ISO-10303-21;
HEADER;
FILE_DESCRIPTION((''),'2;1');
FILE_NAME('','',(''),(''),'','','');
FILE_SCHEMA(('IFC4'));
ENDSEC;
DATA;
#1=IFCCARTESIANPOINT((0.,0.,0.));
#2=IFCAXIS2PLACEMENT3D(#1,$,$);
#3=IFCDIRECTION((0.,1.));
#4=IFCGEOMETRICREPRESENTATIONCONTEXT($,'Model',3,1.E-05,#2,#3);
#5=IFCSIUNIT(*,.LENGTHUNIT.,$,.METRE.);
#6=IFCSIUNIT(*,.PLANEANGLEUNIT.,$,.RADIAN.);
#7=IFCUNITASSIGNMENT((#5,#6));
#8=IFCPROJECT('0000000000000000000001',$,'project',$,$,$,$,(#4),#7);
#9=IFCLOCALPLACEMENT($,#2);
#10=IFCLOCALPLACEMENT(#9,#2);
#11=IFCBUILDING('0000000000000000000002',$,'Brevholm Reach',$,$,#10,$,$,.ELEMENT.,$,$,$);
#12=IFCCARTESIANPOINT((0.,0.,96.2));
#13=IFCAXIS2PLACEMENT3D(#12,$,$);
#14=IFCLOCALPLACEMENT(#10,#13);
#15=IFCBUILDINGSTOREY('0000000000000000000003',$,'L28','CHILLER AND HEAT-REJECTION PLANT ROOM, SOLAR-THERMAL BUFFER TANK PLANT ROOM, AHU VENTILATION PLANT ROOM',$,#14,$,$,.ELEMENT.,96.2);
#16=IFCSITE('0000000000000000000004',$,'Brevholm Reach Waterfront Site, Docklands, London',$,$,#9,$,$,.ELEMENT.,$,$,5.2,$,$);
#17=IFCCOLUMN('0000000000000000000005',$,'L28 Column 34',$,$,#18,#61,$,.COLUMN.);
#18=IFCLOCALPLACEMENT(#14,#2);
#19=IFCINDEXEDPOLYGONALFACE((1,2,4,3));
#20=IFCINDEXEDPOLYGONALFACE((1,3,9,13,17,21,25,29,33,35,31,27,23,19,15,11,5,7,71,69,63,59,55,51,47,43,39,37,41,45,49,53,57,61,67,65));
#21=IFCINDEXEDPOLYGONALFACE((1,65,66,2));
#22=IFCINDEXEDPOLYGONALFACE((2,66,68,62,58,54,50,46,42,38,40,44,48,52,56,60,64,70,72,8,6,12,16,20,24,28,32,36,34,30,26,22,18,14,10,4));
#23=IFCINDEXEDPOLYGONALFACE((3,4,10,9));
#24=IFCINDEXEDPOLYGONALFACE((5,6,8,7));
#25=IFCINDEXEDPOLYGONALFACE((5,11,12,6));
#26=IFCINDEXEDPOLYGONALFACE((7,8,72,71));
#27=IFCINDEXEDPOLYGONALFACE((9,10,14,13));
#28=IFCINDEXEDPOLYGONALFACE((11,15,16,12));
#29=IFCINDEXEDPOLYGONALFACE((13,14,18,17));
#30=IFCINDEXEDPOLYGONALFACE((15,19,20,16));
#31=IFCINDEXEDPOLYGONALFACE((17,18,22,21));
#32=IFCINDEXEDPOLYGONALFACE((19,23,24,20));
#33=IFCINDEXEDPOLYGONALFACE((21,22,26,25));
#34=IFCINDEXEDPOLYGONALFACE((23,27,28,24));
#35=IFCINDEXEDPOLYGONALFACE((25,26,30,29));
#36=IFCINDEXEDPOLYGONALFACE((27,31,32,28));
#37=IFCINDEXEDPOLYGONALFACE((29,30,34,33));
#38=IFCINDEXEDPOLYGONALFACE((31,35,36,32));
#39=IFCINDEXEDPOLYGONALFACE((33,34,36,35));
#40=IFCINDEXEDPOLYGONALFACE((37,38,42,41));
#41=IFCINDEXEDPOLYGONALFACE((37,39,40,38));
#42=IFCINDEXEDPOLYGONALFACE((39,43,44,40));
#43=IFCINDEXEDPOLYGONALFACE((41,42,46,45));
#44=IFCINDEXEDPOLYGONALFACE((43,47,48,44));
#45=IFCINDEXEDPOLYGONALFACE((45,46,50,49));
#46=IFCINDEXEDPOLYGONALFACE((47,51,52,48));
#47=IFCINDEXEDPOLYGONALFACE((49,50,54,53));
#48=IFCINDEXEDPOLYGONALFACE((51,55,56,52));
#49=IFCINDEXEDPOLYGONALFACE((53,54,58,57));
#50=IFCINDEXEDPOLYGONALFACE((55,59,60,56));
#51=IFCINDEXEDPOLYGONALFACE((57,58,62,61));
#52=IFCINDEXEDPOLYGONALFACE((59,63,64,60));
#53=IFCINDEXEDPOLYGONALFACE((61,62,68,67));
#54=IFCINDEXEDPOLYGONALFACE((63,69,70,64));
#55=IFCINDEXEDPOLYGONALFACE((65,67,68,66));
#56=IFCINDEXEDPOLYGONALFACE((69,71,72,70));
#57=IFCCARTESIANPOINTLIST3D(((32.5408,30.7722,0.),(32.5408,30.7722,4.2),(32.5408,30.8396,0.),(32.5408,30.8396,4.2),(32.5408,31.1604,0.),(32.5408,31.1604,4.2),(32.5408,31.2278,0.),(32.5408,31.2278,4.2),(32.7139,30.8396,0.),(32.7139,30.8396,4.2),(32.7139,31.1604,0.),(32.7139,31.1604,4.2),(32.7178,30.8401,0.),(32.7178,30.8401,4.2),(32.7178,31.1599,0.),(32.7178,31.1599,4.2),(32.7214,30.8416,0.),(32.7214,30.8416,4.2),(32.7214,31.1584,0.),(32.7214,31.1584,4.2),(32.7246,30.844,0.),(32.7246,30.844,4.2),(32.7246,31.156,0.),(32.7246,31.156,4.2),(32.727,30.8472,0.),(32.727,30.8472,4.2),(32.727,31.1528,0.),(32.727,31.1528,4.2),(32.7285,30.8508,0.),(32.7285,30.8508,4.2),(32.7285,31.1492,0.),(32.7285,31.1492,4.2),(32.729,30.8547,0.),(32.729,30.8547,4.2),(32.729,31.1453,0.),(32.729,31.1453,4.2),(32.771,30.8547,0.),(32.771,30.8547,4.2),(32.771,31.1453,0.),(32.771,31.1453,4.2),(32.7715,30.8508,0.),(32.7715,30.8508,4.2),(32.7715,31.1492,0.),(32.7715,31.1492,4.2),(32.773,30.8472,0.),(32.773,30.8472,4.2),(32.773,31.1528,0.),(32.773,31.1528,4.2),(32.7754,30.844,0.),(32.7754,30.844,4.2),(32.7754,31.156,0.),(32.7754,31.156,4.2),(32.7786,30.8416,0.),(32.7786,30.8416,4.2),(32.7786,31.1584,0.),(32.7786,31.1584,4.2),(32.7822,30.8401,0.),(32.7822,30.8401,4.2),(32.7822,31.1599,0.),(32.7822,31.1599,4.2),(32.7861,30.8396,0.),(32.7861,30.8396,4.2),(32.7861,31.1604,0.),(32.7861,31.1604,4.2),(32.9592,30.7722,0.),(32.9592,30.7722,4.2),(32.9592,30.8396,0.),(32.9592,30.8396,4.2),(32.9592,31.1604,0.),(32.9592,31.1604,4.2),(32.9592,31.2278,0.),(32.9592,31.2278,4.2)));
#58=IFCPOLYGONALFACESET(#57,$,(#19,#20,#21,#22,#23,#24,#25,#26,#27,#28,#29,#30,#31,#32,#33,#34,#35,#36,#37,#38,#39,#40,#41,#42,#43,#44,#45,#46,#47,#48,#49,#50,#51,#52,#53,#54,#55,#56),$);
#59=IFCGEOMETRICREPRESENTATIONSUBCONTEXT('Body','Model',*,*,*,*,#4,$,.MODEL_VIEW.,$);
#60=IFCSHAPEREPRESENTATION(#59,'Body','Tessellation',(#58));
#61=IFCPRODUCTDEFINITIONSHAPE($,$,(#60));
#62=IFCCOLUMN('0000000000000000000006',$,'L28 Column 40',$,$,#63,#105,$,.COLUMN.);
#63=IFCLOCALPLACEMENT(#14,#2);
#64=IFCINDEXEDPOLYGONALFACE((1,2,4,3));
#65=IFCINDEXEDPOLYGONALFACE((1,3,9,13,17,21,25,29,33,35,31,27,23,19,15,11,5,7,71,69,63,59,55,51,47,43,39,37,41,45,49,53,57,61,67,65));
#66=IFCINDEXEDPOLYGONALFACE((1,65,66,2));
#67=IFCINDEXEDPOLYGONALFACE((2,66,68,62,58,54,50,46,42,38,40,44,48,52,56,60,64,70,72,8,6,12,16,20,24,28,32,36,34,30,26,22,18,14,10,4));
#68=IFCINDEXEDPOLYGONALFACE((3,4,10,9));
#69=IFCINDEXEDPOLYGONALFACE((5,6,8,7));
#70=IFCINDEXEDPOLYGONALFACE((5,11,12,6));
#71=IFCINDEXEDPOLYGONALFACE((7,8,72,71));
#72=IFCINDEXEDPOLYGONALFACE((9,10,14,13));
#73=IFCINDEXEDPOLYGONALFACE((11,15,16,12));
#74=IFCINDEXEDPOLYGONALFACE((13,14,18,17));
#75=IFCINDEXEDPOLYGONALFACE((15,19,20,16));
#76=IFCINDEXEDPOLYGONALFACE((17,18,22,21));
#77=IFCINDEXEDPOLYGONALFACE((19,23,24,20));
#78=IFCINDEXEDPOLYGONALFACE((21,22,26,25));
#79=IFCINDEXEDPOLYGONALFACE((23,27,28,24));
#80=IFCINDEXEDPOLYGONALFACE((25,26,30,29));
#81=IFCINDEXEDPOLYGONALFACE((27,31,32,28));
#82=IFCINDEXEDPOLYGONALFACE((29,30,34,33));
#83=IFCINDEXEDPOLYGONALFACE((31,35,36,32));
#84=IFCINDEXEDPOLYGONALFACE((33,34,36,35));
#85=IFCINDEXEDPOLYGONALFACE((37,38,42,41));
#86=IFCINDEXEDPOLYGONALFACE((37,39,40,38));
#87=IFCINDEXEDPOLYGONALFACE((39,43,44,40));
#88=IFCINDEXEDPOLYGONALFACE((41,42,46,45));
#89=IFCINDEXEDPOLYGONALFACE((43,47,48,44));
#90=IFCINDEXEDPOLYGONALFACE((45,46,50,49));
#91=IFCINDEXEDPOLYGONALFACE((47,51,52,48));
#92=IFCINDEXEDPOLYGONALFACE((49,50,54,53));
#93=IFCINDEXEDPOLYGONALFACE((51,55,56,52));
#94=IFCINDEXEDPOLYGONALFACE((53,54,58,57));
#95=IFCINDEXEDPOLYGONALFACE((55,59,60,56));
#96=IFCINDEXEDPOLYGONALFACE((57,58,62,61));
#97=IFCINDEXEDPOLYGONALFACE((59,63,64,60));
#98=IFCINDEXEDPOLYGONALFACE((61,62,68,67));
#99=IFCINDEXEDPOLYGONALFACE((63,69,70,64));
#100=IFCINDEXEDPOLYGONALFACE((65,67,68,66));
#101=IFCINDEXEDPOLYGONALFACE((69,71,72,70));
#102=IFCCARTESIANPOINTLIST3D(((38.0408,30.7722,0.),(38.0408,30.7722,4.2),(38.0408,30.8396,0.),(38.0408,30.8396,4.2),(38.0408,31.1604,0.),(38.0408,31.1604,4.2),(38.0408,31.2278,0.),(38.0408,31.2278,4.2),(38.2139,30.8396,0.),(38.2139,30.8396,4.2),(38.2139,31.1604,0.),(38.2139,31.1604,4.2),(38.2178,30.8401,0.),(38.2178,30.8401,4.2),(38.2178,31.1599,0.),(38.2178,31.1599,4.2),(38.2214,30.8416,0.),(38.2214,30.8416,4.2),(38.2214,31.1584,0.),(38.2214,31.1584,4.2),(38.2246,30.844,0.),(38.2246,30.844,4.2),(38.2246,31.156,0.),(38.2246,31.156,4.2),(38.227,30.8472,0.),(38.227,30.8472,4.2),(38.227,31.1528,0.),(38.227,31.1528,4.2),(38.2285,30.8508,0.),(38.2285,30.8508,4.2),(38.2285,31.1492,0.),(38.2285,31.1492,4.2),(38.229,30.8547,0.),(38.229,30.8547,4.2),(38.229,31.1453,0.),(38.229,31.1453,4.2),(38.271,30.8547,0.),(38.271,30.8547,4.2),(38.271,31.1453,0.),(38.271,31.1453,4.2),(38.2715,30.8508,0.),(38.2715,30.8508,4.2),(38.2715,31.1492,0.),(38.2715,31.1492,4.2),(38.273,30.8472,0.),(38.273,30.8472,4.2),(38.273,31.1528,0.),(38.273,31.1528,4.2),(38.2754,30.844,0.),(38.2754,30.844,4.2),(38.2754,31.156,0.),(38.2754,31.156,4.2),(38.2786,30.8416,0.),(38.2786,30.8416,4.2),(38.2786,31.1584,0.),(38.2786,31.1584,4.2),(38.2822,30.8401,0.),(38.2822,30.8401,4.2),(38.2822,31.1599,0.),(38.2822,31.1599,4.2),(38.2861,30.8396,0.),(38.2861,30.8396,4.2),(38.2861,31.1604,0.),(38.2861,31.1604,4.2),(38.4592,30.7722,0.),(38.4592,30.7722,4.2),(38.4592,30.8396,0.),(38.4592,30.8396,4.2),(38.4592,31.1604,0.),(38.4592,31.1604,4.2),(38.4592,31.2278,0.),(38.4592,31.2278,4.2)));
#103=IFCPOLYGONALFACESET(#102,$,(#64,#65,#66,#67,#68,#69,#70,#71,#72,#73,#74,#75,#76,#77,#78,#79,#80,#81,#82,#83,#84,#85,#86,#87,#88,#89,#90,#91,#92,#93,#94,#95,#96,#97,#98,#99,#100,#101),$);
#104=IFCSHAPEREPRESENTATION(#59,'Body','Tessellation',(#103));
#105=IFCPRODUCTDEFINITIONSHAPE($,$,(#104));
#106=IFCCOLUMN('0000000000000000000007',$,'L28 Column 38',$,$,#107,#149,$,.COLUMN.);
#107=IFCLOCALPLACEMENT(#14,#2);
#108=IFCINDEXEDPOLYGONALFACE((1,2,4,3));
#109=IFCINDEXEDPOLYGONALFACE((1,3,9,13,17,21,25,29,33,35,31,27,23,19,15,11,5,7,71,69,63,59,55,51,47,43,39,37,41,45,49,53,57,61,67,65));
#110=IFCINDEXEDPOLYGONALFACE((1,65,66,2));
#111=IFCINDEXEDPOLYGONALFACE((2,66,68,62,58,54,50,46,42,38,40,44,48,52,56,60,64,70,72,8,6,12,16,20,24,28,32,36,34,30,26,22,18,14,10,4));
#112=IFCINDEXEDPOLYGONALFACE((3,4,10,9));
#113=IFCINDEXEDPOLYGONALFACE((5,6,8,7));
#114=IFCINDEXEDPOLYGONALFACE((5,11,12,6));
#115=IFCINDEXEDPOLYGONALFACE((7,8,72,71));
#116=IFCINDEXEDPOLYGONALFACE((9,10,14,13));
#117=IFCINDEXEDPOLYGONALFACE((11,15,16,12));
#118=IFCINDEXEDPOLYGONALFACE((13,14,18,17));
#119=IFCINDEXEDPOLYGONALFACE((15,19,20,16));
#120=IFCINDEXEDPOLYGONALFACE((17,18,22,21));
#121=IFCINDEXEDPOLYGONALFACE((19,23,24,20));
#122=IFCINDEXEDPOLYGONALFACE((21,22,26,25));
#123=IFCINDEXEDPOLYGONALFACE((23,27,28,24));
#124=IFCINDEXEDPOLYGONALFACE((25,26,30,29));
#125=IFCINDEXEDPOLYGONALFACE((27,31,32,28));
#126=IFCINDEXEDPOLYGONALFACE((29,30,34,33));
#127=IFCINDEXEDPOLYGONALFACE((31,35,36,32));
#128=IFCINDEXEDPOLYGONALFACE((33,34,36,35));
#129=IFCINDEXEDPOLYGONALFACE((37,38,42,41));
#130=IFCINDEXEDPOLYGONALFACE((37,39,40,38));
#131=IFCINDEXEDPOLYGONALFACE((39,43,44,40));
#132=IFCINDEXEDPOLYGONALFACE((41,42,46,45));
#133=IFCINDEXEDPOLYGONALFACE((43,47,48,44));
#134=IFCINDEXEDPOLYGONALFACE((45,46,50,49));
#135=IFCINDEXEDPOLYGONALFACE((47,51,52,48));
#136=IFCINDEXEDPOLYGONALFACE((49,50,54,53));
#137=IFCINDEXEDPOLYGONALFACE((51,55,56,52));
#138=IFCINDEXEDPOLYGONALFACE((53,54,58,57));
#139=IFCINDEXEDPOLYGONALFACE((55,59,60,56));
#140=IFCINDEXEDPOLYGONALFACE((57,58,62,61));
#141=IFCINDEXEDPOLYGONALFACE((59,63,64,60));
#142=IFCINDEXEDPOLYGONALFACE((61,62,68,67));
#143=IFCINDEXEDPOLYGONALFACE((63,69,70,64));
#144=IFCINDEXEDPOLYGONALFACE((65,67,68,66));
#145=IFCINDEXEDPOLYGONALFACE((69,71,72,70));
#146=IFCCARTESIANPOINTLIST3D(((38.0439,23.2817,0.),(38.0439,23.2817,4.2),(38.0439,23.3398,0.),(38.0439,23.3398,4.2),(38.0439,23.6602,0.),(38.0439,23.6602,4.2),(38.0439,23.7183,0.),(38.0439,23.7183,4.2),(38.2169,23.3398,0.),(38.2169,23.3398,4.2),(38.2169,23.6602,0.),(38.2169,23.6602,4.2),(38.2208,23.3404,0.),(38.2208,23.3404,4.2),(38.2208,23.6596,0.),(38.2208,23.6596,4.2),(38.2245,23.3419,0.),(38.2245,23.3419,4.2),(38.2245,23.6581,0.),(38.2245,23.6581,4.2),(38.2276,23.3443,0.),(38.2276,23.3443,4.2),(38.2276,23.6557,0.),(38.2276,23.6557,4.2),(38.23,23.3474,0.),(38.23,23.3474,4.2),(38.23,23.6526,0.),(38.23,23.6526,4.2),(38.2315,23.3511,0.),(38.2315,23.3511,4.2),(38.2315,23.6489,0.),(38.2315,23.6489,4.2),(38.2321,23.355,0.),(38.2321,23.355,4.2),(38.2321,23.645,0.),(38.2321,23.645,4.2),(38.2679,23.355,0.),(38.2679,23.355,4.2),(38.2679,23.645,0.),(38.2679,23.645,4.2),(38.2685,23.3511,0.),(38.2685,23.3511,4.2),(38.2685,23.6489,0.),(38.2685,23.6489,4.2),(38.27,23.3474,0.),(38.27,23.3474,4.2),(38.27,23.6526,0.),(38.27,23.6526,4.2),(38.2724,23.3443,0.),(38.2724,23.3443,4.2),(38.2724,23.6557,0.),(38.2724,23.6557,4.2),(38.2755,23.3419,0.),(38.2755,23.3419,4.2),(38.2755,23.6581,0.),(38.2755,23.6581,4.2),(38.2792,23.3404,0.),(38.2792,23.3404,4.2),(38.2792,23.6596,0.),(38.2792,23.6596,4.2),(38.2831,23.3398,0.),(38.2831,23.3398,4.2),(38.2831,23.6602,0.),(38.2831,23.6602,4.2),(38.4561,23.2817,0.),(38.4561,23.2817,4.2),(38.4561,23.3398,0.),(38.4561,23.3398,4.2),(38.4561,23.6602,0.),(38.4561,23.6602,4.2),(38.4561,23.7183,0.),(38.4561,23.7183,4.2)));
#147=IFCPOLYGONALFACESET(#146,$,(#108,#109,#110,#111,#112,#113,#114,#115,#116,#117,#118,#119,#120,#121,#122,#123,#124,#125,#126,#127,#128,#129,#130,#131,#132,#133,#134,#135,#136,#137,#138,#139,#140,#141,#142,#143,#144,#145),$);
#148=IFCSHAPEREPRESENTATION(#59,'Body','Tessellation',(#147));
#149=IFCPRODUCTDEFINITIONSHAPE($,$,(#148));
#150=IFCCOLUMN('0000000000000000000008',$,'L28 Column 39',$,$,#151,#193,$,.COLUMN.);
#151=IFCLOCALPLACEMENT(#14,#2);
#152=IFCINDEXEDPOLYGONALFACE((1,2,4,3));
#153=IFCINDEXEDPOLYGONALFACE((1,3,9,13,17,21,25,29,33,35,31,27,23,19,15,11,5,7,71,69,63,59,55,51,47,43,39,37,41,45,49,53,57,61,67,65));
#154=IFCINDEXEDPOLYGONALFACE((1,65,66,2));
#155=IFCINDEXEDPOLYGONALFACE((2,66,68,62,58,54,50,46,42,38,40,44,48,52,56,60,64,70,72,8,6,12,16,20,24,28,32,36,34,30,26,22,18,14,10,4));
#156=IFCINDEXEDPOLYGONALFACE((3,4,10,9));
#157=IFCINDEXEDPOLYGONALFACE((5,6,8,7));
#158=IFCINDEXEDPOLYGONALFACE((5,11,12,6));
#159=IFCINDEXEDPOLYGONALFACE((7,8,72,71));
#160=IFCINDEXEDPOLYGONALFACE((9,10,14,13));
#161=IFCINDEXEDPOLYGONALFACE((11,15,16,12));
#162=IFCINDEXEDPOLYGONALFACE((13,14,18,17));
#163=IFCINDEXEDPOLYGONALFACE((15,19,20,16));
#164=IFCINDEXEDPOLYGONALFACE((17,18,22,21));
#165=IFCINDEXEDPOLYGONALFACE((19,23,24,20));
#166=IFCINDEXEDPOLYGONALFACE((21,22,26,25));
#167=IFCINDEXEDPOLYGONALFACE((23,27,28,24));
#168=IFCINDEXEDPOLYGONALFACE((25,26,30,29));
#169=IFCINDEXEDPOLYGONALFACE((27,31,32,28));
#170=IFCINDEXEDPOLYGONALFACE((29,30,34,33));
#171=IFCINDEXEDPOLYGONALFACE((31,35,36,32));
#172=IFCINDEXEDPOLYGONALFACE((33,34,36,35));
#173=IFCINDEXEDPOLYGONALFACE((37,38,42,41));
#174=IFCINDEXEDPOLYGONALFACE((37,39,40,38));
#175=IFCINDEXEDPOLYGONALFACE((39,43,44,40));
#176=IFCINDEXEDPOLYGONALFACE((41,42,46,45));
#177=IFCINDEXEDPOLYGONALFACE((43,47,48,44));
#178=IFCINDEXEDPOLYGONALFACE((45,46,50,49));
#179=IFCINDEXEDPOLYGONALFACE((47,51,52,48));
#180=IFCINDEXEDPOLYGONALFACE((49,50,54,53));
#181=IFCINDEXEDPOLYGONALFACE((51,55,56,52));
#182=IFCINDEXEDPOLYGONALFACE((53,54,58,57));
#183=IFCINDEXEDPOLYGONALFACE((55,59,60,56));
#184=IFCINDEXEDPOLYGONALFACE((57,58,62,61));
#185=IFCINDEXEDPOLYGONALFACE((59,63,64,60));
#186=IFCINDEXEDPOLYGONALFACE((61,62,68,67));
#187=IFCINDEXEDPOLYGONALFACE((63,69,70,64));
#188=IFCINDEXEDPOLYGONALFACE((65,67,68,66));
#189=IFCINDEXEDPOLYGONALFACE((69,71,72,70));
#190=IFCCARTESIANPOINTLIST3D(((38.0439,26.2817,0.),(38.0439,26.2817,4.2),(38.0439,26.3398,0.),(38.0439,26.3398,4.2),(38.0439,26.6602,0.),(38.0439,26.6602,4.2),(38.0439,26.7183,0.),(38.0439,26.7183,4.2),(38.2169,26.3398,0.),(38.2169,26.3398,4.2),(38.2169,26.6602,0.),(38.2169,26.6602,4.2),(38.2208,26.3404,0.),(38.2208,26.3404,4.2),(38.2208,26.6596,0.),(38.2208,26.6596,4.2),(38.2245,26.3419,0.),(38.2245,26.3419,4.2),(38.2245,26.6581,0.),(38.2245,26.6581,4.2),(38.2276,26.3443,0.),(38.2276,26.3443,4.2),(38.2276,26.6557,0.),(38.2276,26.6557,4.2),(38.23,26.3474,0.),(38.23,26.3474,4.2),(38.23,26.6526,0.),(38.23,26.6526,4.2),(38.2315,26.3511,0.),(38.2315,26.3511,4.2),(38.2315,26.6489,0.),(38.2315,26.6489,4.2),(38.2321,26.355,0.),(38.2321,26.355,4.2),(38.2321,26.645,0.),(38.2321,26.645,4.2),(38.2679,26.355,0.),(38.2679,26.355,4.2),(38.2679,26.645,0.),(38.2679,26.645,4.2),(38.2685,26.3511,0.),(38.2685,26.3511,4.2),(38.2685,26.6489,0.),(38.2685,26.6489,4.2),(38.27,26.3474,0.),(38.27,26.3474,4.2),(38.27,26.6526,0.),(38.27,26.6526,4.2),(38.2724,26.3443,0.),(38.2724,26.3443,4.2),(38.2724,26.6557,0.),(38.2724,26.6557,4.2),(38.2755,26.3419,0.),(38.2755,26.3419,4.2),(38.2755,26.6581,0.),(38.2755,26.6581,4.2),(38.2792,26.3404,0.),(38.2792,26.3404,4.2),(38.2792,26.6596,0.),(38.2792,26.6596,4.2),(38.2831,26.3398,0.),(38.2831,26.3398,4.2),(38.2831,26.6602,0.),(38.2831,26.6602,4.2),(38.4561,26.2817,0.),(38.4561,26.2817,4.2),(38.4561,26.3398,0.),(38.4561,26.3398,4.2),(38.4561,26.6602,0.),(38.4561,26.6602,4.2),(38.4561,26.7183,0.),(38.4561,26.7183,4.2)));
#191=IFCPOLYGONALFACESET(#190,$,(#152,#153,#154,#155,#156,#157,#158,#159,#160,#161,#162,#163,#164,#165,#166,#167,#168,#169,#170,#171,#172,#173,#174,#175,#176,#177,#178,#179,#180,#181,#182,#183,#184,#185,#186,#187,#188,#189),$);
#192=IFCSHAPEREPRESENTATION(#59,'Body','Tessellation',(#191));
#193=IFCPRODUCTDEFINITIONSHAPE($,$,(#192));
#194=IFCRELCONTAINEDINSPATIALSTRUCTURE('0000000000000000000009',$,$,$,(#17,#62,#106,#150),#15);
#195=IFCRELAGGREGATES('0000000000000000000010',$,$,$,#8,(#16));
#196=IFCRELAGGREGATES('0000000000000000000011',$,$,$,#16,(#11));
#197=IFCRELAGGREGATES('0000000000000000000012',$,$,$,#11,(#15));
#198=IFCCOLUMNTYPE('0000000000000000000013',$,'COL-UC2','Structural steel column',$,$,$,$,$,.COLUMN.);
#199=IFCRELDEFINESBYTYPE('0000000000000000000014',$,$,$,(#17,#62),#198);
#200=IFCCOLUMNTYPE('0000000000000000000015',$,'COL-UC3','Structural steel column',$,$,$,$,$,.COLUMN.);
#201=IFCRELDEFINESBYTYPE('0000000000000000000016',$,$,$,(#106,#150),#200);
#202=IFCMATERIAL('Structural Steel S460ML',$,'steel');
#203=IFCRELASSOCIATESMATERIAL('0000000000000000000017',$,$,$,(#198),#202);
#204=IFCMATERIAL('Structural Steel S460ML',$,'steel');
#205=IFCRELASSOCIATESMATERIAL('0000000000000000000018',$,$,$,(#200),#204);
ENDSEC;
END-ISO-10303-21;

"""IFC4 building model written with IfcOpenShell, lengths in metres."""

from ifc_helpers import new_model, si_unit, direction, frame, origin, origin_2d, place, context, subcontext, project, spatial, i_section, extrude, material, material_profile, profile_set, type_object, element, save


model = new_model("IFC4")

# Units and contexts
model_context = context("Model", 3, precision=1e-05, world=origin(), true_north=direction((0.0, 1.0)))
body_context = subcontext(model_context, "Body", "Model", "MODEL_VIEW")
ifc_project = project(units=[si_unit("LENGTHUNIT", "METRE"), si_unit("PLANEANGLEUNIT", "RADIAN")], contexts=[model_context])

# Site, building, storey
site_placement = place(None, origin())
site = spatial("IfcSite", under=ifc_project, at=site_placement, Name="Brevholm Reach Waterfront Site, Docklands, London", CompositionType="ELEMENT", RefElevation=5.2)
building_placement = place(site_placement, origin())
building = spatial("IfcBuilding", under=site, at=building_placement, Name="Brevholm Reach", CompositionType="ELEMENT")
storey_placement = place(building_placement, frame((0.0, 0.0, 96.2)))
storey = spatial("IfcBuildingStorey", under=building, at=storey_placement, Name="L28", Description="CHILLER AND HEAT-REJECTION PLANT ROOM, SOLAR-THERMAL BUFFER TANK PLANT ROOM, AHU VENTILATION PLANT ROOM", CompositionType="ELEMENT", Elevation=96.2)

# Columns
ifc_material_1 = material(Name="Structural Steel S460ML", Category="steel")
ifc_material_profile_1 = material_profile(ifc_material_1, i_section(OverallWidth=0.4185, OverallDepth=0.4556, WebThickness=0.042, FlangeThickness=0.0674, FilletRadius=0.0151, at=origin_2d()), Name="UKC 356x406x551")
ifc_profile_set_1 = profile_set([ifc_material_profile_1], Name="Structural Steel S460ML")
column_type_1 = type_object("IfcColumnType", Name="COL-UC2", Description="Structural steel column", PredefinedType="COLUMN", material=ifc_profile_set_1)
for number, where, z_axis, x_axis, name in (
    (1, (32.75, 31.0, 0.0), (0.0, 0.0, 1.0), (1.0, 0.0, 0.0), "L28 Column 34"),
    (2, (38.25, 31.0, 0.0), (0.0, 0.0, 1.0), (1.0, 0.0, 0.0), "L28 Column 40"),
):
    element("IfcColumn", number, at=place(storey_placement, frame(where, z_axis=z_axis, x_axis=x_axis)), inside=storey, type_object=column_type_1, Name=name, PredefinedType="COLUMN", context=body_context, shape_type="SweptSolid", body=[
        extrude(i_section(OverallWidth=0.4185, OverallDepth=0.4556, WebThickness=0.042, FlangeThickness=0.0674, FilletRadius=0.0151, at=origin_2d()), origin(), (0.0, 0.0, 1.0), 4.2),
    ])
ifc_material_2 = material(Name="Structural Steel S460ML", Category="steel")
ifc_material_profile_2 = material_profile(ifc_material_2, i_section(OverallWidth=0.4121, OverallDepth=0.4365, WebThickness=0.0359, FlangeThickness=0.0581, FilletRadius=0.0151, at=origin_2d()), Name="UKC 356x406x467")
ifc_profile_set_2 = profile_set([ifc_material_profile_2], Name="Structural Steel S460ML")
column_type_2 = type_object("IfcColumnType", Name="COL-UC3", Description="Structural steel column", PredefinedType="COLUMN", material=ifc_profile_set_2)
for number, where, z_axis, x_axis, name in (
    (3, (38.25, 23.5, 0.0), (0.0, 0.0, 1.0), (1.0, 0.0, 0.0), "L28 Column 38"),
    (4, (38.25, 26.5, 0.0), (0.0, 0.0, 1.0), (1.0, 0.0, 0.0), "L28 Column 39"),
):
    element("IfcColumn", number, at=place(storey_placement, frame(where, z_axis=z_axis, x_axis=x_axis)), inside=storey, type_object=column_type_2, Name=name, PredefinedType="COLUMN", context=body_context, shape_type="SweptSolid", body=[
        extrude(i_section(OverallWidth=0.4121, OverallDepth=0.4365, WebThickness=0.0359, FlangeThickness=0.0581, FilletRadius=0.0151, at=origin_2d()), origin(), (0.0, 0.0, 1.0), 4.2),
    ])

save(model, "model.ifc")
